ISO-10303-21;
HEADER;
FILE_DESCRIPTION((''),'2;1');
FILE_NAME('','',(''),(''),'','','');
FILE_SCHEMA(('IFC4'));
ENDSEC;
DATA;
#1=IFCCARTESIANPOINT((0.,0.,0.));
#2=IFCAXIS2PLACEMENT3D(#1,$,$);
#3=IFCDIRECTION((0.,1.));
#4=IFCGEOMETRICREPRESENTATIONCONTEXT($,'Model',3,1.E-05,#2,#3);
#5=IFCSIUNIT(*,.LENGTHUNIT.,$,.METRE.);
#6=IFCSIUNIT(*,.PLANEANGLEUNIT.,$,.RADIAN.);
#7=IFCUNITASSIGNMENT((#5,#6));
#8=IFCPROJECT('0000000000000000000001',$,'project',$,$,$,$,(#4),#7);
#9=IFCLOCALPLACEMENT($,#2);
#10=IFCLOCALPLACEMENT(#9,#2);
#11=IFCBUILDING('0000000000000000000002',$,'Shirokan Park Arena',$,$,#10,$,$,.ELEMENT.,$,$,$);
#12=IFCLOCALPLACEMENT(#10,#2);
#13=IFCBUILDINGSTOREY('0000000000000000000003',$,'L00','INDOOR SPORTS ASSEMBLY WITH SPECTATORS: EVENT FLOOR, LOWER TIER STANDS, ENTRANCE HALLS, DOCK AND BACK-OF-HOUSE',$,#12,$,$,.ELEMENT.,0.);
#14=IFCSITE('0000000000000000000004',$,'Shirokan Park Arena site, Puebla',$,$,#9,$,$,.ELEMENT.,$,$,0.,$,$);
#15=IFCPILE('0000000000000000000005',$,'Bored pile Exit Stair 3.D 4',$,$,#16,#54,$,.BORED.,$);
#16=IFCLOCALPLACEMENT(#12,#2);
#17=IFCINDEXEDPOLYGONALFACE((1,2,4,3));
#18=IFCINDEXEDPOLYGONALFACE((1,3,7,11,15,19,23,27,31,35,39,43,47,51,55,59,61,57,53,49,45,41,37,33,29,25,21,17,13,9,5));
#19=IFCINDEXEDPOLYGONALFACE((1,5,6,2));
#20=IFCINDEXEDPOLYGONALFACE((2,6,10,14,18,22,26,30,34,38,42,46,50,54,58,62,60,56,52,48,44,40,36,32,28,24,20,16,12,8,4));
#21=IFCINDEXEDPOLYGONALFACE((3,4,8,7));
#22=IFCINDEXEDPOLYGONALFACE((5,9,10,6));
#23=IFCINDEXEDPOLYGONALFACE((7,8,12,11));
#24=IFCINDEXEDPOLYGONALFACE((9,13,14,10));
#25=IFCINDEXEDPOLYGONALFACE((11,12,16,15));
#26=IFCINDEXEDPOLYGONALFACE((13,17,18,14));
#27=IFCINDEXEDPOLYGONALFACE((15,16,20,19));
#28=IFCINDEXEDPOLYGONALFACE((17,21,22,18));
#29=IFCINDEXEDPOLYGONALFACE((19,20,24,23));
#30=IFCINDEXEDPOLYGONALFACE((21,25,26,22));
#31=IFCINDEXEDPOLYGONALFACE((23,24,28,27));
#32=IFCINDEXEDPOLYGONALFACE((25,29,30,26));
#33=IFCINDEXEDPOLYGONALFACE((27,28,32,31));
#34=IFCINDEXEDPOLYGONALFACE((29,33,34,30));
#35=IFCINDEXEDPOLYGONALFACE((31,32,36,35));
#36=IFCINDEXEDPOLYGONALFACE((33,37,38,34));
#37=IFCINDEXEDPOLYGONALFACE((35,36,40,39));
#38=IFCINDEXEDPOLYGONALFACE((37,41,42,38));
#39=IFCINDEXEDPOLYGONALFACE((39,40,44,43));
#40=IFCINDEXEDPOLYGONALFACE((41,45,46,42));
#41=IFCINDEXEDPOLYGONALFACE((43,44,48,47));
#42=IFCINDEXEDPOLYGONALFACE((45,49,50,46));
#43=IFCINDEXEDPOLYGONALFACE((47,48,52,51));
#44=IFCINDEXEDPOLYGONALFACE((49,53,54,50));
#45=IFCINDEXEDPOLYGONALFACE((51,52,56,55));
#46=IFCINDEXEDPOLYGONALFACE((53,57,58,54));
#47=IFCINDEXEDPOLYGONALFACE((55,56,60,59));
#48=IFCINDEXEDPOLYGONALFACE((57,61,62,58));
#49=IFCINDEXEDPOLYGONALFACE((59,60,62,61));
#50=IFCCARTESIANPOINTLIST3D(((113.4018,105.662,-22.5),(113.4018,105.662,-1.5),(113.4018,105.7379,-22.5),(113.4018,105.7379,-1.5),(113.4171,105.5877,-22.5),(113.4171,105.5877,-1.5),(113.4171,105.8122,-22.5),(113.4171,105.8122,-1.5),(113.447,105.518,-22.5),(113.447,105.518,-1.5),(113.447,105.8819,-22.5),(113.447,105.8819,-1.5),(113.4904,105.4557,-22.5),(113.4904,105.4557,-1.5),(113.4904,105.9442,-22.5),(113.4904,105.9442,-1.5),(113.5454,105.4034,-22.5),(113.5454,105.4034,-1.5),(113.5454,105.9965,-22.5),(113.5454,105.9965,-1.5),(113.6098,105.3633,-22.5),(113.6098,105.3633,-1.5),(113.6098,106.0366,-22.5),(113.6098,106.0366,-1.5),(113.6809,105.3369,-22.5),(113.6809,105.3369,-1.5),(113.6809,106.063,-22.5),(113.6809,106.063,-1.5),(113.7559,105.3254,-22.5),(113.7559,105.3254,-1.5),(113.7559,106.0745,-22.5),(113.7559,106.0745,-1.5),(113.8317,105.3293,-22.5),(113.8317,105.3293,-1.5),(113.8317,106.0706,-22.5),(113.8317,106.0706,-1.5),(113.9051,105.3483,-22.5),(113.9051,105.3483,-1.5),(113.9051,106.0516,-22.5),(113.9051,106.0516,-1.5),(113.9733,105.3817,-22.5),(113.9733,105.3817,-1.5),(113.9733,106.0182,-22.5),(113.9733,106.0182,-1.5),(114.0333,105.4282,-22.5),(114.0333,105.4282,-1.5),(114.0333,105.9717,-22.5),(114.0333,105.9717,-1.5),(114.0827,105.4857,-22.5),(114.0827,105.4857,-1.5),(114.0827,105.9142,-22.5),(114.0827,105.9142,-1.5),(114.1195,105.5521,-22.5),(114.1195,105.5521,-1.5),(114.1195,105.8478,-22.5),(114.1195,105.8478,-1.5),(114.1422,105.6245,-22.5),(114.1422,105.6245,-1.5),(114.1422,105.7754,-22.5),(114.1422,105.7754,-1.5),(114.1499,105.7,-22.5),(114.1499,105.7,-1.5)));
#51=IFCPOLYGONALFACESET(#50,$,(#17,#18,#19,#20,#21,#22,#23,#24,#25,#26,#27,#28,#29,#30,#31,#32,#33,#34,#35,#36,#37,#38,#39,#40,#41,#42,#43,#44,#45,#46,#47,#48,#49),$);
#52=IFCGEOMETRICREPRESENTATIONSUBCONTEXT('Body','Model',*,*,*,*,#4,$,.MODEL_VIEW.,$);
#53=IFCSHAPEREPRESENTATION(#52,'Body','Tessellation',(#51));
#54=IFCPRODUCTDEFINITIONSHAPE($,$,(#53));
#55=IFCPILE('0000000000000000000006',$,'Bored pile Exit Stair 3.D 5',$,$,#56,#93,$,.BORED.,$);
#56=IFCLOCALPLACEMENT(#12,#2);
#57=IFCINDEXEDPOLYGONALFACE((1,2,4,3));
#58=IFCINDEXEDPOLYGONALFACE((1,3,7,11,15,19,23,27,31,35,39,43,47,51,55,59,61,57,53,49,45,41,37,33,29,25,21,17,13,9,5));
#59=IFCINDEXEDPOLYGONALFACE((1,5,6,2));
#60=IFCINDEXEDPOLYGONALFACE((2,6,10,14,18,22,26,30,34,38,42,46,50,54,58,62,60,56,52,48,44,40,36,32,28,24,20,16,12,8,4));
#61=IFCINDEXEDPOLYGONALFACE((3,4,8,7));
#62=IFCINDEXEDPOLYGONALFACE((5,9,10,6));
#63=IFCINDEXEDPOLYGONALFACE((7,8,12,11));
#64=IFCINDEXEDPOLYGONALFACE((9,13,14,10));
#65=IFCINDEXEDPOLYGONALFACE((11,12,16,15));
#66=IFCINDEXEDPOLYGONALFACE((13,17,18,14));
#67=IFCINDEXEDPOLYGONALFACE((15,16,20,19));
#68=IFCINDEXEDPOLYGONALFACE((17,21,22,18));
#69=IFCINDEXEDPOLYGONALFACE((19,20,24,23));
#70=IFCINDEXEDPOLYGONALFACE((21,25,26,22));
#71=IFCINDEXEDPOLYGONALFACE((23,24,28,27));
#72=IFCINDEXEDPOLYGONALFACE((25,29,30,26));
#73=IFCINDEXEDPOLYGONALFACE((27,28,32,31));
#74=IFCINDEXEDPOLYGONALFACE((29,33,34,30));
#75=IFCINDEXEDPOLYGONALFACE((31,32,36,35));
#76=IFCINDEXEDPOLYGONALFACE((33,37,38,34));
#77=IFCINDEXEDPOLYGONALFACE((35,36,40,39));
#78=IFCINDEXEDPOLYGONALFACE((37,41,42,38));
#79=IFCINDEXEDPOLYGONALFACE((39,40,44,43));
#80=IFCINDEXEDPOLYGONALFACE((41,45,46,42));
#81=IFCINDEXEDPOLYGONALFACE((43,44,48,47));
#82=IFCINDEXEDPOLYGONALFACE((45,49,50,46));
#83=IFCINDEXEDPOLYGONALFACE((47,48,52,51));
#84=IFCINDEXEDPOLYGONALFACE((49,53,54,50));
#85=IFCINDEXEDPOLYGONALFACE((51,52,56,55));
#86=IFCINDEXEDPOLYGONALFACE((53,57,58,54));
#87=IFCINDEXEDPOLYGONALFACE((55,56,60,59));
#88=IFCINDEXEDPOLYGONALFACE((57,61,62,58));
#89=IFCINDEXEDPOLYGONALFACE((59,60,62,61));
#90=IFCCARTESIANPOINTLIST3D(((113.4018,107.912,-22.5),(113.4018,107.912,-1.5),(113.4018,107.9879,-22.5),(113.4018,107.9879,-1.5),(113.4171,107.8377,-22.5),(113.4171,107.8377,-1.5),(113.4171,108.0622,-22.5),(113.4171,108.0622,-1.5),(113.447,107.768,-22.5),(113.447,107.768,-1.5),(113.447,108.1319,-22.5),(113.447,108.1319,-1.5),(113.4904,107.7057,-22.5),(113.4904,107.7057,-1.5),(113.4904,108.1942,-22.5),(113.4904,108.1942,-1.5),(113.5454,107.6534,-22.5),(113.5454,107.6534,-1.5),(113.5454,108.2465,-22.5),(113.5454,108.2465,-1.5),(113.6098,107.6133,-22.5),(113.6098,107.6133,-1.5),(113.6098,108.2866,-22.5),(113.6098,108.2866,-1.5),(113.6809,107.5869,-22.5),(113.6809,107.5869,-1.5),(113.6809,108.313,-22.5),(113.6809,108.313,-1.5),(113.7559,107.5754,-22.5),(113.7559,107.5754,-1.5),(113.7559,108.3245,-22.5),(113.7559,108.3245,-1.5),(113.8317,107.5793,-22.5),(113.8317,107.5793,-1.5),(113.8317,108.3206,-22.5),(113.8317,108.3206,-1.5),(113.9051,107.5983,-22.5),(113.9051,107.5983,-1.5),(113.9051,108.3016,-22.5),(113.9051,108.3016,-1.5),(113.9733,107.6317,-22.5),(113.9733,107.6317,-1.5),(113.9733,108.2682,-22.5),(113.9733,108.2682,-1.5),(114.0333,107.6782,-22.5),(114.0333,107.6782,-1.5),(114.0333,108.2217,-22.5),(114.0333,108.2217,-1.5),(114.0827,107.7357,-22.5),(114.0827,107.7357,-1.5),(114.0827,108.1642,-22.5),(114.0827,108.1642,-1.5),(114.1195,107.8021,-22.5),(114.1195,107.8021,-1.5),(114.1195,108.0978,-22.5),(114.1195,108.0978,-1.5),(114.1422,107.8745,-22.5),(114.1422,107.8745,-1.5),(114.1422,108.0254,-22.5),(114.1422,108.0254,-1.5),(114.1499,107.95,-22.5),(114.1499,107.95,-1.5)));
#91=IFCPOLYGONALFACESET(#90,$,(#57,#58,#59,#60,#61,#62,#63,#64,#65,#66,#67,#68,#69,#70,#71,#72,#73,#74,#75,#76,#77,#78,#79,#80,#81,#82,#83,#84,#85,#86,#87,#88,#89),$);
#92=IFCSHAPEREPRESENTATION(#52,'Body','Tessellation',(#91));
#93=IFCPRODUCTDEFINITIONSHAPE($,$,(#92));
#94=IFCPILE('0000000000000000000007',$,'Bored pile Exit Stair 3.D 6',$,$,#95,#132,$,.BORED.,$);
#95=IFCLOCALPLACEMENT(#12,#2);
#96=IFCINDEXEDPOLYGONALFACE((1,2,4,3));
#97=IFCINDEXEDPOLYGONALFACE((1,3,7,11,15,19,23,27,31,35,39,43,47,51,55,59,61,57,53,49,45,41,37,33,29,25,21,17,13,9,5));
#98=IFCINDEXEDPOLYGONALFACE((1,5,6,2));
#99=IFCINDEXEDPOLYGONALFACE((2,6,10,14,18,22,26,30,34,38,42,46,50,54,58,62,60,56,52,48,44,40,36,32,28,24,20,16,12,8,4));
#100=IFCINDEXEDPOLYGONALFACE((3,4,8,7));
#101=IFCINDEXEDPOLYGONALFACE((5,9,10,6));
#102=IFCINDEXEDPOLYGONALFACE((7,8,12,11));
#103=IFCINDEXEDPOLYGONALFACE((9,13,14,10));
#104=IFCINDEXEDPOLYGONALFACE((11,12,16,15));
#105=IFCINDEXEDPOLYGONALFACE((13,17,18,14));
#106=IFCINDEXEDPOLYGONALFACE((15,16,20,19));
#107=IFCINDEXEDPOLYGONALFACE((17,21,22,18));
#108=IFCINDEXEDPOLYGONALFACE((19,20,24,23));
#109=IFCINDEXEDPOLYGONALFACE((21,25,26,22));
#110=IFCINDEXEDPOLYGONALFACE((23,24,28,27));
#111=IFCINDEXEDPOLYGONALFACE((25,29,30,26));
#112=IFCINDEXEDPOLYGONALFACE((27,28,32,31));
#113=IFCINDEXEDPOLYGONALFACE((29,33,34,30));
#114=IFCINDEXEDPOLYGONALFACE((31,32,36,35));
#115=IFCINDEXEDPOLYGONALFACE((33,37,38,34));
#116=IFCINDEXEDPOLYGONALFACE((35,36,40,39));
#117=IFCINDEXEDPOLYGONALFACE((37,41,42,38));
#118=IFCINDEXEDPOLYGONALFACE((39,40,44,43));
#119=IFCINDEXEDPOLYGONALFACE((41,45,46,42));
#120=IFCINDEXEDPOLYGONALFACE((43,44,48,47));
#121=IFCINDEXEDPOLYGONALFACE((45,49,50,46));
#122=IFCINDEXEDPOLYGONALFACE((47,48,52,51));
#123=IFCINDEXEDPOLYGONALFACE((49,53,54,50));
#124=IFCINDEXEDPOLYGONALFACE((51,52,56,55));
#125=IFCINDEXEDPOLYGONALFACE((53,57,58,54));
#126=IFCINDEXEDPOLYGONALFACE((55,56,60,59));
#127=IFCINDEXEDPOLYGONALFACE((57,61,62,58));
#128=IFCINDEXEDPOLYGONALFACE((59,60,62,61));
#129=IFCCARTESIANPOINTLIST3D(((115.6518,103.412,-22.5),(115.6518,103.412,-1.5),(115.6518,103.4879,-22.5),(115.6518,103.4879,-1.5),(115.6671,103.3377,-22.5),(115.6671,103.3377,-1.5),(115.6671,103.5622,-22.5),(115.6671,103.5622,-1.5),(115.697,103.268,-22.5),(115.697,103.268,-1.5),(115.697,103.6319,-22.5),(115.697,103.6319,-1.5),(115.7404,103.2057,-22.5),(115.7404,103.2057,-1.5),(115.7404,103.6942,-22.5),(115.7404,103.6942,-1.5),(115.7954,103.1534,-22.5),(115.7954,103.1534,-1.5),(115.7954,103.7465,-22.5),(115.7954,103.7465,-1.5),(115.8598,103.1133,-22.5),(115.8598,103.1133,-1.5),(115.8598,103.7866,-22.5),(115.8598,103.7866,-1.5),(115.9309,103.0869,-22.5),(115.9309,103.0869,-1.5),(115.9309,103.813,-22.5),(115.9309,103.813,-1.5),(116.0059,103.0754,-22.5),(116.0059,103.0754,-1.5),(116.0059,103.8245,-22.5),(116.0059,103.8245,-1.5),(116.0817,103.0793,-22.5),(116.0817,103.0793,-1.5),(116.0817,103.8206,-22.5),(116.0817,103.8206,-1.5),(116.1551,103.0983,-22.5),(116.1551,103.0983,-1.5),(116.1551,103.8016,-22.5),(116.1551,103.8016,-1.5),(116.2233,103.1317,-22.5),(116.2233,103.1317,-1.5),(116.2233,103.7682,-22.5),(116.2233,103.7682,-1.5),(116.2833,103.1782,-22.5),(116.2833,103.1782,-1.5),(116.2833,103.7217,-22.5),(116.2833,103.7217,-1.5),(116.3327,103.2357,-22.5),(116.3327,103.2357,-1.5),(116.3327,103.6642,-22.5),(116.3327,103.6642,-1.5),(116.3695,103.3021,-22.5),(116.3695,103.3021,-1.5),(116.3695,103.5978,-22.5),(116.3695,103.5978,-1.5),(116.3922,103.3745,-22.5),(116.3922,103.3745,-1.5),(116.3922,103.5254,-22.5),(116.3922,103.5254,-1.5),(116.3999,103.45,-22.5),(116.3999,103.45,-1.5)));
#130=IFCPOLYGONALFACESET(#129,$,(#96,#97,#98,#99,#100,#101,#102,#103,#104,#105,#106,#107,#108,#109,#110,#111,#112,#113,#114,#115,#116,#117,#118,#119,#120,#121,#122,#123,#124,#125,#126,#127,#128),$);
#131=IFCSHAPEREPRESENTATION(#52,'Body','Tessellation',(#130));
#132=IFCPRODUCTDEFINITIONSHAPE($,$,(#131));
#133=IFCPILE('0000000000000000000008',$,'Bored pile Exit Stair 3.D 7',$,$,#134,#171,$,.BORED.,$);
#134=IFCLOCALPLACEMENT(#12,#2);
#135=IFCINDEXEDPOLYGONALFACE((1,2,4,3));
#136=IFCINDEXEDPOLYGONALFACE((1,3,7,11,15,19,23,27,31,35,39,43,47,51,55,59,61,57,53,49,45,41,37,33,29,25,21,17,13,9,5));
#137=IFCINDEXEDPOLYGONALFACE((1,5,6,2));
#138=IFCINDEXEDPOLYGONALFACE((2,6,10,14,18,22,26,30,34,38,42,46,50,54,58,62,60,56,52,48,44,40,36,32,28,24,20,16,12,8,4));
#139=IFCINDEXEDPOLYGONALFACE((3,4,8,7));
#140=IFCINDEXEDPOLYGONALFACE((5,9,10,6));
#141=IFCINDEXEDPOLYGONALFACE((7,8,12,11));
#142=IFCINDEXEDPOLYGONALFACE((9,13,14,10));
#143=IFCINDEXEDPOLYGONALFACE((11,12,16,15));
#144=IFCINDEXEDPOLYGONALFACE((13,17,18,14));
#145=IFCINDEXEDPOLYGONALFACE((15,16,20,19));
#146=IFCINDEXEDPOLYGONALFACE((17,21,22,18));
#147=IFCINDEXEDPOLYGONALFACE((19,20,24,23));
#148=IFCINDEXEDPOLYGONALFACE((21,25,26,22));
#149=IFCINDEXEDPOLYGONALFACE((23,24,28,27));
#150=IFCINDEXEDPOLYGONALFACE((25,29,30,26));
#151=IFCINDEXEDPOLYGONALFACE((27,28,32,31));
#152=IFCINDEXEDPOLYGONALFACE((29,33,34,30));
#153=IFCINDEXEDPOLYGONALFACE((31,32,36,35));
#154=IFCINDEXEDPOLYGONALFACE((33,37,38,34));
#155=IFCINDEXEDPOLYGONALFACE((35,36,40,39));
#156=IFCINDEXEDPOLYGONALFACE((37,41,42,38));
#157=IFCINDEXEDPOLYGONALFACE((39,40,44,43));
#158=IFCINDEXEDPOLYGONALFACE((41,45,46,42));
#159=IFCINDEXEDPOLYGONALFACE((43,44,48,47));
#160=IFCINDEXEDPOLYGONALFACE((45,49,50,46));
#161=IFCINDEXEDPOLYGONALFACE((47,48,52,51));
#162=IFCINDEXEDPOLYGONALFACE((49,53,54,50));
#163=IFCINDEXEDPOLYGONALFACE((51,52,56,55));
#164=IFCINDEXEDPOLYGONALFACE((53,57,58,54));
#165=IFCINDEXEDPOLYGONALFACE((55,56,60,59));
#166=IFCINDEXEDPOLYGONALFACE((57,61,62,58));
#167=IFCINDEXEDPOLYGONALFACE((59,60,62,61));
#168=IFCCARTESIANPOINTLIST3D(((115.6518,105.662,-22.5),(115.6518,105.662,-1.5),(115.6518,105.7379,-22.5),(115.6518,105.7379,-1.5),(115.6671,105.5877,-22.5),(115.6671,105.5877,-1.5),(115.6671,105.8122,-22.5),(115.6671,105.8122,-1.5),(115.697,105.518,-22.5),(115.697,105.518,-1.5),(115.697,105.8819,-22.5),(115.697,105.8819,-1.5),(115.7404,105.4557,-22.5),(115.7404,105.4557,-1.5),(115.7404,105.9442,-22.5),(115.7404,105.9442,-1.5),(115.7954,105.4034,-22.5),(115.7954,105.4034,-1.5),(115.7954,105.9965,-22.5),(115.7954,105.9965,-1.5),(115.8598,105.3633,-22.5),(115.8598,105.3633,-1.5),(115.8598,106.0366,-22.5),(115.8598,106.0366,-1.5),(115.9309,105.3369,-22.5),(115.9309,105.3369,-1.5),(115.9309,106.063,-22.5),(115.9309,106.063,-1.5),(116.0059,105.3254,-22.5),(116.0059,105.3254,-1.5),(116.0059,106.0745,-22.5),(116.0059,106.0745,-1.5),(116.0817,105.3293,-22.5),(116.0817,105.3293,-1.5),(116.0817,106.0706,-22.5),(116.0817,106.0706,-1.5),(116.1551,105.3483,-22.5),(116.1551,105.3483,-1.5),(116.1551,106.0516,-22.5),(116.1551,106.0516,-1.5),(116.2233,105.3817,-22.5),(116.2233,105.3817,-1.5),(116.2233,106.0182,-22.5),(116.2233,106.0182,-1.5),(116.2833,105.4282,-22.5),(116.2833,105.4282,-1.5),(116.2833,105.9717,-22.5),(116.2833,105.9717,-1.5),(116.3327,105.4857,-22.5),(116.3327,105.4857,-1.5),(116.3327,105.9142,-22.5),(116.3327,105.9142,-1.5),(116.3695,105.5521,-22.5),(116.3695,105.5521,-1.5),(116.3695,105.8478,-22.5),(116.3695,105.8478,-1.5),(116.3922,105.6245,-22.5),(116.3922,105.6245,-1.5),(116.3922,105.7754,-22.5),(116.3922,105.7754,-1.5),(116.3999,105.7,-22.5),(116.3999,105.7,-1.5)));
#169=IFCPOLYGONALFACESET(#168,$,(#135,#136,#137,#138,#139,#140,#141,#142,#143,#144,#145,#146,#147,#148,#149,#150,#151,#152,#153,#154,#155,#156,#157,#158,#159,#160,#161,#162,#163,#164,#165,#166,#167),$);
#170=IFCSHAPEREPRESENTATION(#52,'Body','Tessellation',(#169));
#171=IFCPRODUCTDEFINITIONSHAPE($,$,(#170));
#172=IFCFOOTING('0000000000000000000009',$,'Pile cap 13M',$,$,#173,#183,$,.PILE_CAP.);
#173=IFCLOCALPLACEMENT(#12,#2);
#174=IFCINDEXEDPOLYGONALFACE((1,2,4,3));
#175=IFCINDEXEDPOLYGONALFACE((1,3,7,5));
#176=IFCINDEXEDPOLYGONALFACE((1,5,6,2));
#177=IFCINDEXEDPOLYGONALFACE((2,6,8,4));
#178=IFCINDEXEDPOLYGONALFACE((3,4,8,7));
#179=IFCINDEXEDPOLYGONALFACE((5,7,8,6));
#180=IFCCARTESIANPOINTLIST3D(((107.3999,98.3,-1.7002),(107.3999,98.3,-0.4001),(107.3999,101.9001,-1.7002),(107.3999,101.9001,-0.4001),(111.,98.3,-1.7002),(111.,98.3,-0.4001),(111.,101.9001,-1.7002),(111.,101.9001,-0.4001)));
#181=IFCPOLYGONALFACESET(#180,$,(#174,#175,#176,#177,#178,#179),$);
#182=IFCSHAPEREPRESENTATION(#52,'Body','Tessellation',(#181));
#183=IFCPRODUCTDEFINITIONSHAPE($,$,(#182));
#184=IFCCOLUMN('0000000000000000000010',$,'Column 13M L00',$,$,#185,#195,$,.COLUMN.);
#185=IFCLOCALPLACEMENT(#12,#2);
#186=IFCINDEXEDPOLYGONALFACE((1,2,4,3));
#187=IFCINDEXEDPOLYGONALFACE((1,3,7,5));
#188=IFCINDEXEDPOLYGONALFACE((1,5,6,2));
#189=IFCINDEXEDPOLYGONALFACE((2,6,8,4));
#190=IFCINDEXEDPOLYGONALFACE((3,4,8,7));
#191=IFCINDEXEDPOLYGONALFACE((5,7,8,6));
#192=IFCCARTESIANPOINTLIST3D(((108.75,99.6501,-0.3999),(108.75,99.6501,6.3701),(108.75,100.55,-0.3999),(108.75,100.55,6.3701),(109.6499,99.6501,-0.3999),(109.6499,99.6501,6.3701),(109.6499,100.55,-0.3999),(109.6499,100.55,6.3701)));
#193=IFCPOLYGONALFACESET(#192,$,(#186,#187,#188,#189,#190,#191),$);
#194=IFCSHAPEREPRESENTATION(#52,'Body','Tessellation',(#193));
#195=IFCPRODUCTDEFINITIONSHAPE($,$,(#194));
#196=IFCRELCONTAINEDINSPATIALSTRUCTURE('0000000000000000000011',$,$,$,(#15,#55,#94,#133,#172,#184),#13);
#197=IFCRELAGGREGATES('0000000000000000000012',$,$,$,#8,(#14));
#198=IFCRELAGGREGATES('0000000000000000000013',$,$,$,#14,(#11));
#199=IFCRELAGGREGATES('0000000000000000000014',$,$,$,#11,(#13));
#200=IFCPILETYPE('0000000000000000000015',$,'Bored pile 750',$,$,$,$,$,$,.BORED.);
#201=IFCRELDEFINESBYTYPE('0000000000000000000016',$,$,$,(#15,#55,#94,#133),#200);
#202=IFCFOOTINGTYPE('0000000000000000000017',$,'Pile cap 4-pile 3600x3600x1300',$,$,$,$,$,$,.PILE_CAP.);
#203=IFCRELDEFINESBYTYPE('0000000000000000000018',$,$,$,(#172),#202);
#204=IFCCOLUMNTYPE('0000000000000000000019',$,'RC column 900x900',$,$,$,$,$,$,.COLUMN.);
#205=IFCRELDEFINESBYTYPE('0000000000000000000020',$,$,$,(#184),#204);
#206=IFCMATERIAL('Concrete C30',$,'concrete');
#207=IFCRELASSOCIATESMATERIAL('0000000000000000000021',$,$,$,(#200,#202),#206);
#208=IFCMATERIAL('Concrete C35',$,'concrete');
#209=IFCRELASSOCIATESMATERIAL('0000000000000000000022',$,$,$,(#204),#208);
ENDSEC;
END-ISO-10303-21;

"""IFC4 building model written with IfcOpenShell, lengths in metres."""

from ifc_helpers import new_model, si_unit, direction, frame, origin, origin_2d, place, context, subcontext, project, spatial, rectangle, circle, extrude, material, material_profile, profile_set, type_object, element, save


model = new_model("IFC4")

# Units and contexts
model_context = context("Model", 3, precision=1e-05, world=origin(), true_north=direction((0.0, 1.0)))
body_context = subcontext(model_context, "Body", "Model", "MODEL_VIEW")
ifc_project = project(units=[si_unit("LENGTHUNIT", "METRE"), si_unit("PLANEANGLEUNIT", "RADIAN")], contexts=[model_context])

# Site, building, storey
site_placement = place(None, origin())
site = spatial("IfcSite", under=ifc_project, at=site_placement, Name="Shirokan Park Arena site, Puebla", CompositionType="ELEMENT", RefElevation=0.0)
building_placement = place(site_placement, origin())
building = spatial("IfcBuilding", under=site, at=building_placement, Name="Shirokan Park Arena", CompositionType="ELEMENT")
storey_placement = place(building_placement, origin())
storey = spatial("IfcBuildingStorey", under=building, at=storey_placement, Name="L00", Description="INDOOR SPORTS ASSEMBLY WITH SPECTATORS: EVENT FLOOR, LOWER TIER STANDS, ENTRANCE HALLS, DOCK AND BACK-OF-HOUSE", CompositionType="ELEMENT", Elevation=0.0)

# Piles
ifc_material_1 = material(Name="Concrete C30", Category="concrete")
ifc_material_profile_1 = material_profile(ifc_material_1, circle(Radius=0.375, at=origin_2d()), Name="D750")
ifc_profile_set_1 = profile_set([ifc_material_profile_1], Name="Concrete C30")
pile_type_1 = type_object("IfcPileType", Name="Bored pile 750", PredefinedType="BORED", material=ifc_profile_set_1)
for number, where, z_axis, x_axis, name in (
    (1, (113.7749, 105.7, -1.5), (0.0, 0.0, -1.0), (1.0, 0.0, 0.0), "Bored pile Exit Stair 3.D 4"),
    (2, (113.7749, 107.95, -1.5), (0.0, 0.0, -1.0), (1.0, 0.0, 0.0), "Bored pile Exit Stair 3.D 5"),
    (3, (116.0249, 103.45, -1.5), (0.0, 0.0, -1.0), (1.0, 0.0, 0.0), "Bored pile Exit Stair 3.D 6"),
    (4, (116.0249, 105.7, -1.5), (0.0, 0.0, -1.0), (1.0, 0.0, 0.0), "Bored pile Exit Stair 3.D 7"),
):
    element("IfcPile", number, at=place(storey_placement, frame(where, z_axis=z_axis, x_axis=x_axis)), inside=storey, type_object=pile_type_1, Name=name, PredefinedType="BORED", context=body_context, shape_type="SweptSolid", body=[
        extrude(circle(Radius=0.375, at=origin_2d()), origin(), (0.0, 0.0, 1.0), 21.0),
    ])

# Footing
footing_type = type_object("IfcFootingType", Name="Pile cap 4-pile 3600x3600x1300", PredefinedType="PILE_CAP", material=ifc_material_1)
footing_placement = place(storey_placement, frame((109.2, 100.1001, -1.7002), z_axis=(0.0, 0.0, 1.0), x_axis=(1.0, 0.0, 0.0)))
element("IfcFooting", 5, at=footing_placement, inside=storey, type_object=footing_type, Name="Pile cap 13M", PredefinedType="PILE_CAP", context=body_context, shape_type="SweptSolid", body=[
    extrude(rectangle(XDim=3.6001, YDim=3.6001, at=origin_2d()), origin(), (0.0, 0.0, 1.0), 1.3),
])

# Column
ifc_material_2 = material(Name="Concrete C35", Category="concrete")
ifc_material_profile_2 = material_profile(ifc_material_2, rectangle(XDim=0.8999, YDim=0.8999, at=origin_2d()), Name="900x900")
ifc_profile_set_2 = profile_set([ifc_material_profile_2], Name="Concrete C35")
column_type = type_object("IfcColumnType", Name="RC column 900x900", PredefinedType="COLUMN", material=ifc_profile_set_2)
column_placement = place(storey_placement, frame((109.2, 100.1001, -0.3999), z_axis=(0.0, 0.0, 1.0), x_axis=(1.0, 0.0, 0.0)))
element("IfcColumn", 6, at=column_placement, inside=storey, type_object=column_type, Name="Column 13M L00", PredefinedType="COLUMN", context=body_context, shape_type="SweptSolid", body=[
    extrude(rectangle(XDim=0.8999, YDim=0.8999, at=origin_2d()), origin(), (0.0, 0.0, 1.0), 6.77),
])

save(model, "model.ifc")
